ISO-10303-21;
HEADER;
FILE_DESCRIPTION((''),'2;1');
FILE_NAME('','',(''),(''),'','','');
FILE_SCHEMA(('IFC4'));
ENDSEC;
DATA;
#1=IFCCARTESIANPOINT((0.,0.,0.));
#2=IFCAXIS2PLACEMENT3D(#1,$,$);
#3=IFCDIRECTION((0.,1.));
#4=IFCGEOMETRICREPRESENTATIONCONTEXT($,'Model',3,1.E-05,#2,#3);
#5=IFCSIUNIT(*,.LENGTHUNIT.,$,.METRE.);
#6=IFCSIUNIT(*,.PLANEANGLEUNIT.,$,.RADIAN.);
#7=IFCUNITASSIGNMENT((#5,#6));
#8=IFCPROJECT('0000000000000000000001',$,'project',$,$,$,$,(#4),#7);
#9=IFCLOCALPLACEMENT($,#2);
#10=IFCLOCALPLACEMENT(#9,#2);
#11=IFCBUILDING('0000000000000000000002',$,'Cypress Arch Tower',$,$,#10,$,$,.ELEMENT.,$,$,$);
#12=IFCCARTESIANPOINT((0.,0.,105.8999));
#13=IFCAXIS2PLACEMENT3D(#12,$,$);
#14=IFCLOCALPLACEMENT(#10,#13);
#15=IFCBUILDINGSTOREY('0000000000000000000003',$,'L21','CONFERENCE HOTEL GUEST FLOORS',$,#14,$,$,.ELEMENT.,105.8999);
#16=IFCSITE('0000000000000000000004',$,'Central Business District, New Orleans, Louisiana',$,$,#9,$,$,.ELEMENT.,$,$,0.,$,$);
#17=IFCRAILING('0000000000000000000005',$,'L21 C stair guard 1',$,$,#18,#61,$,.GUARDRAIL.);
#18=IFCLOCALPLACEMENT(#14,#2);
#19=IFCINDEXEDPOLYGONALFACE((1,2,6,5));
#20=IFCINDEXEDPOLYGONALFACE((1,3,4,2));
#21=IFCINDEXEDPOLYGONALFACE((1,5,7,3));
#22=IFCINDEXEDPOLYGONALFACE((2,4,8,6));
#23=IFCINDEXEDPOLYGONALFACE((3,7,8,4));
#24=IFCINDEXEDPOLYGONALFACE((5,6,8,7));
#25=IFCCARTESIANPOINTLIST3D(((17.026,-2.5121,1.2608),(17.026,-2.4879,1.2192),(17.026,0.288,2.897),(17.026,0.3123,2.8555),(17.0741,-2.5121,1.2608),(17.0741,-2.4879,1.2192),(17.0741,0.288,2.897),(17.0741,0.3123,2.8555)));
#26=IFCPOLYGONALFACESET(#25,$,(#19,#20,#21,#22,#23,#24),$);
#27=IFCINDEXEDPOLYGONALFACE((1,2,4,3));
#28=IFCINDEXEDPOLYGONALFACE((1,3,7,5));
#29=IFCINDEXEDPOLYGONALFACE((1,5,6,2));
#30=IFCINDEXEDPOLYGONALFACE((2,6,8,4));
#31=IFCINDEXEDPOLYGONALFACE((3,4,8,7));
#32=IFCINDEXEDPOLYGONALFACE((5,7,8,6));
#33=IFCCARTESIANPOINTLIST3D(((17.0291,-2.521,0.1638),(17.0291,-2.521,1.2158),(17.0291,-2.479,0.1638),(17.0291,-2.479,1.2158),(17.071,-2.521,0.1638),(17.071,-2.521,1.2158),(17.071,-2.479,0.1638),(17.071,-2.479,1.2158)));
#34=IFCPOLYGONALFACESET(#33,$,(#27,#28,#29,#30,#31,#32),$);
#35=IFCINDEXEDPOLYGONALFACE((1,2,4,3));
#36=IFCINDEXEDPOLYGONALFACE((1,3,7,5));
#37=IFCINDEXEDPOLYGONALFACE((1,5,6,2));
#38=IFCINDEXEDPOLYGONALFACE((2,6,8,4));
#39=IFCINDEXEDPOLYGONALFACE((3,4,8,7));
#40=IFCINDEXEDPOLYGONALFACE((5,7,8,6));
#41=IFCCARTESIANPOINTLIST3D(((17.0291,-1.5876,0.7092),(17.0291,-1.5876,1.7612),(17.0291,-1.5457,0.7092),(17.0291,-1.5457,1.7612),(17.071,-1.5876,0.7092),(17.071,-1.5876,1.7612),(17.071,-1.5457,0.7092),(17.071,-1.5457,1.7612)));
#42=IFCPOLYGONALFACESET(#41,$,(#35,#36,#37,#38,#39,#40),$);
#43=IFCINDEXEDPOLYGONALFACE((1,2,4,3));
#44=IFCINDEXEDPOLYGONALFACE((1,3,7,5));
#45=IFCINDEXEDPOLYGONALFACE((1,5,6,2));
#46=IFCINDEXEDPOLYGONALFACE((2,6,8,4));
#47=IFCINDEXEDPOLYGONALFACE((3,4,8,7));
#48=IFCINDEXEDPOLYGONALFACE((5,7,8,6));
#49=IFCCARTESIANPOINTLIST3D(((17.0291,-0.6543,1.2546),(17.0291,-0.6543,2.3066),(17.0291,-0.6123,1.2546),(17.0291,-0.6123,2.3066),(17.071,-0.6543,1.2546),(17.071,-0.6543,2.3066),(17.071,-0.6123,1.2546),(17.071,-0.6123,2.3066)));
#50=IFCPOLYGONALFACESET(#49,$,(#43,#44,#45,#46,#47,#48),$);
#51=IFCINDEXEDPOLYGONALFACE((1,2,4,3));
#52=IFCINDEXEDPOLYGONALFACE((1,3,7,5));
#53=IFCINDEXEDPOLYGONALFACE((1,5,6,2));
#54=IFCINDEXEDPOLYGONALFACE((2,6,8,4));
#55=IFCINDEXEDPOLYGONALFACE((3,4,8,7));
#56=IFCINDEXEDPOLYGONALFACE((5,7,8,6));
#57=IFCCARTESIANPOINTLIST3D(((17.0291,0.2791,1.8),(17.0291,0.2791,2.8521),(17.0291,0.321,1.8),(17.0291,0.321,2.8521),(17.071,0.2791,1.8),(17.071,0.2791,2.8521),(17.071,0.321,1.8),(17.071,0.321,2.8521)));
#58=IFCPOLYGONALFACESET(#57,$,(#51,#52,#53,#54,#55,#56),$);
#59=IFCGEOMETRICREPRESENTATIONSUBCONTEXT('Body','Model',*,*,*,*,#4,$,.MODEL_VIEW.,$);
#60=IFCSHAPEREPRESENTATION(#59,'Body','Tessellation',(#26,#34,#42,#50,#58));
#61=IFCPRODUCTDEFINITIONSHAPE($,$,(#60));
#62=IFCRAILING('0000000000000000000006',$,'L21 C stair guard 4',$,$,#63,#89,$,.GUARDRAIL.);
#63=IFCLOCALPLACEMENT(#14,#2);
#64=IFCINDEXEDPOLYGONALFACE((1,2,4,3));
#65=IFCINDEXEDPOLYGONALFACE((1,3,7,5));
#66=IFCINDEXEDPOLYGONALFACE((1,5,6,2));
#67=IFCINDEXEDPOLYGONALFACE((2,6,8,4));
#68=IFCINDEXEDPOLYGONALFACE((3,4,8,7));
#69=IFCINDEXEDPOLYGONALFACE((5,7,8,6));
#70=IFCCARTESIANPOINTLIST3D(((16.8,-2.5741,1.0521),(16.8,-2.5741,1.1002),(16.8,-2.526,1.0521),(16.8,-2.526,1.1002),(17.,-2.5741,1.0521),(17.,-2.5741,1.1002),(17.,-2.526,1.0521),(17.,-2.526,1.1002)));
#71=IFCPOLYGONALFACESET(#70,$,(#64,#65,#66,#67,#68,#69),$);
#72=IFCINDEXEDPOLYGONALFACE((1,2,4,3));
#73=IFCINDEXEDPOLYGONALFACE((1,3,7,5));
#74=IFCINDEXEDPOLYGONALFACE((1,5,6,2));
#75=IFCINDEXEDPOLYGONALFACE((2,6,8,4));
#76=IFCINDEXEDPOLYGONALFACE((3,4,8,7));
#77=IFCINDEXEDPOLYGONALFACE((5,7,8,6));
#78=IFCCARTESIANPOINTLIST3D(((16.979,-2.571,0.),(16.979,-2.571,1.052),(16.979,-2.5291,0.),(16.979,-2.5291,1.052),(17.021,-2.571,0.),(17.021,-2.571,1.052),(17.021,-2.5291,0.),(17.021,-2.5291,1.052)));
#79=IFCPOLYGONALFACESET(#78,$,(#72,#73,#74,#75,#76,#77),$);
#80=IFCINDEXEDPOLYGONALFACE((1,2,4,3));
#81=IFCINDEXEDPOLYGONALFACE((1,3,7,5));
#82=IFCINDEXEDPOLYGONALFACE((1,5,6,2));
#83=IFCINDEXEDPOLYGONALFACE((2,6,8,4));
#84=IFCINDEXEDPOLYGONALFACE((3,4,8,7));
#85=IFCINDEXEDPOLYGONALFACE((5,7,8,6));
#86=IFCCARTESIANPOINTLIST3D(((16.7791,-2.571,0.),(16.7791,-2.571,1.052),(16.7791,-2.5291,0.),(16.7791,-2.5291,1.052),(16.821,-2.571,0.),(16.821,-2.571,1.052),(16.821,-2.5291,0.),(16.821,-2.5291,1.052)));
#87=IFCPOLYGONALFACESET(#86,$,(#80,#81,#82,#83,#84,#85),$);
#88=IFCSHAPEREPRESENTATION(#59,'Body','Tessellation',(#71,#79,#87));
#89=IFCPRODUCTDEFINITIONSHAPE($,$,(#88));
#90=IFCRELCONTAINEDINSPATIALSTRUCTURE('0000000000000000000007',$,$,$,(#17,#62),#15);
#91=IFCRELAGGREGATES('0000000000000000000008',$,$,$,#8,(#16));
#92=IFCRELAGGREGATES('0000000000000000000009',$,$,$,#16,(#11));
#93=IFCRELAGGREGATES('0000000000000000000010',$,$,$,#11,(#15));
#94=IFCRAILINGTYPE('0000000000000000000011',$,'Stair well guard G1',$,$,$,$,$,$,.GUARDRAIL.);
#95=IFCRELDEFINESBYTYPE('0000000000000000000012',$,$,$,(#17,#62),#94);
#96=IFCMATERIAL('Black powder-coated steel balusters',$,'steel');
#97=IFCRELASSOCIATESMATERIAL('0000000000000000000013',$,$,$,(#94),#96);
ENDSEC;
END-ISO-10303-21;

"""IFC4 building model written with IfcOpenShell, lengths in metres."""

from ifc_helpers import new_model, si_unit, direction, frame, origin, origin_2d, place, context, subcontext, project, spatial, rectangle, extrude, material, type_object, element, save


model = new_model("IFC4")

# Units and contexts
model_context = context("Model", 3, precision=1e-05, world=origin(), true_north=direction((0.0, 1.0)))
body_context = subcontext(model_context, "Body", "Model", "MODEL_VIEW")
ifc_project = project(units=[si_unit("LENGTHUNIT", "METRE"), si_unit("PLANEANGLEUNIT", "RADIAN")], contexts=[model_context])

# Site, building, storey
site_placement = place(None, origin())
site = spatial("IfcSite", under=ifc_project, at=site_placement, Name="Central Business District, New Orleans, Louisiana", CompositionType="ELEMENT", RefElevation=0.0)
building_placement = place(site_placement, origin())
building = spatial("IfcBuilding", under=site, at=building_placement, Name="Cypress Arch Tower", CompositionType="ELEMENT")
storey_placement = place(building_placement, frame((0.0, 0.0, 105.8999)))
storey = spatial("IfcBuildingStorey", under=building, at=storey_placement, Name="L21", Description="CONFERENCE HOTEL GUEST FLOORS", CompositionType="ELEMENT", Elevation=105.8999)

# Railings
ifc_material_1 = material(Name="Black powder-coated steel balusters", Category="steel")
railing_type_1 = type_object("IfcRailingType", Name="Stair well guard G1", PredefinedType="GUARDRAIL", material=ifc_material_1)
railing_1_placement = place(storey_placement, frame((17.05, -2.5, 0.1638)))
element("IfcRailing", 1, at=railing_1_placement, inside=storey, type_object=railing_type_1, Name="L21 C stair guard 1", PredefinedType="GUARDRAIL", context=body_context, shape_type="SweptSolid", body=[
    extrude(rectangle(XDim=0.0481, YDim=0.0481, at=origin_2d()), frame((0.0, 0.0, 1.0762), z_axis=(0.0, 0.863394, 0.504531), x_axis=(-1.0, 0.0, 0.0)), (0.0, 0.0, 1.0), 3.2432),
    extrude(rectangle(XDim=0.042, YDim=0.042, at=origin_2d()), origin(), (0.0, 0.0, 1.0), 1.052),
    extrude(rectangle(XDim=0.042, YDim=0.042, at=origin_2d()), frame((0.0, 0.9333, 0.5454)), (0.0, 0.0, 1.0), 1.052),
    extrude(rectangle(XDim=0.042, YDim=0.042, at=origin_2d()), frame((0.0, 1.8667, 1.0908)), (0.0, 0.0, 1.0), 1.052),
    extrude(rectangle(XDim=0.042, YDim=0.042, at=origin_2d()), frame((0.0, 2.8, 1.6362)), (0.0, 0.0, 1.0), 1.052),
])
railing_2_placement = place(storey_placement, frame((17.0, -2.55, 0.0)))
element("IfcRailing", 2, at=railing_2_placement, inside=storey, type_object=railing_type_1, Name="L21 C stair guard 4", PredefinedType="GUARDRAIL", context=body_context, shape_type="SweptSolid", body=[
    extrude(rectangle(XDim=0.0481, YDim=0.0481, at=origin_2d()), frame((0.0, 0.0, 1.0762), z_axis=(-1.0, 0.0, 0.0), x_axis=(0.0, -1.0, 0.0)), (0.0, 0.0, 1.0), 0.2),
    extrude(rectangle(XDim=0.042, YDim=0.042, at=origin_2d()), origin(), (0.0, 0.0, 1.0), 1.052),
    extrude(rectangle(XDim=0.042, YDim=0.042, at=origin_2d()), frame((-0.2, 0.0, 0.0)), (0.0, 0.0, 1.0), 1.052),
])

save(model, "model.ifc")
